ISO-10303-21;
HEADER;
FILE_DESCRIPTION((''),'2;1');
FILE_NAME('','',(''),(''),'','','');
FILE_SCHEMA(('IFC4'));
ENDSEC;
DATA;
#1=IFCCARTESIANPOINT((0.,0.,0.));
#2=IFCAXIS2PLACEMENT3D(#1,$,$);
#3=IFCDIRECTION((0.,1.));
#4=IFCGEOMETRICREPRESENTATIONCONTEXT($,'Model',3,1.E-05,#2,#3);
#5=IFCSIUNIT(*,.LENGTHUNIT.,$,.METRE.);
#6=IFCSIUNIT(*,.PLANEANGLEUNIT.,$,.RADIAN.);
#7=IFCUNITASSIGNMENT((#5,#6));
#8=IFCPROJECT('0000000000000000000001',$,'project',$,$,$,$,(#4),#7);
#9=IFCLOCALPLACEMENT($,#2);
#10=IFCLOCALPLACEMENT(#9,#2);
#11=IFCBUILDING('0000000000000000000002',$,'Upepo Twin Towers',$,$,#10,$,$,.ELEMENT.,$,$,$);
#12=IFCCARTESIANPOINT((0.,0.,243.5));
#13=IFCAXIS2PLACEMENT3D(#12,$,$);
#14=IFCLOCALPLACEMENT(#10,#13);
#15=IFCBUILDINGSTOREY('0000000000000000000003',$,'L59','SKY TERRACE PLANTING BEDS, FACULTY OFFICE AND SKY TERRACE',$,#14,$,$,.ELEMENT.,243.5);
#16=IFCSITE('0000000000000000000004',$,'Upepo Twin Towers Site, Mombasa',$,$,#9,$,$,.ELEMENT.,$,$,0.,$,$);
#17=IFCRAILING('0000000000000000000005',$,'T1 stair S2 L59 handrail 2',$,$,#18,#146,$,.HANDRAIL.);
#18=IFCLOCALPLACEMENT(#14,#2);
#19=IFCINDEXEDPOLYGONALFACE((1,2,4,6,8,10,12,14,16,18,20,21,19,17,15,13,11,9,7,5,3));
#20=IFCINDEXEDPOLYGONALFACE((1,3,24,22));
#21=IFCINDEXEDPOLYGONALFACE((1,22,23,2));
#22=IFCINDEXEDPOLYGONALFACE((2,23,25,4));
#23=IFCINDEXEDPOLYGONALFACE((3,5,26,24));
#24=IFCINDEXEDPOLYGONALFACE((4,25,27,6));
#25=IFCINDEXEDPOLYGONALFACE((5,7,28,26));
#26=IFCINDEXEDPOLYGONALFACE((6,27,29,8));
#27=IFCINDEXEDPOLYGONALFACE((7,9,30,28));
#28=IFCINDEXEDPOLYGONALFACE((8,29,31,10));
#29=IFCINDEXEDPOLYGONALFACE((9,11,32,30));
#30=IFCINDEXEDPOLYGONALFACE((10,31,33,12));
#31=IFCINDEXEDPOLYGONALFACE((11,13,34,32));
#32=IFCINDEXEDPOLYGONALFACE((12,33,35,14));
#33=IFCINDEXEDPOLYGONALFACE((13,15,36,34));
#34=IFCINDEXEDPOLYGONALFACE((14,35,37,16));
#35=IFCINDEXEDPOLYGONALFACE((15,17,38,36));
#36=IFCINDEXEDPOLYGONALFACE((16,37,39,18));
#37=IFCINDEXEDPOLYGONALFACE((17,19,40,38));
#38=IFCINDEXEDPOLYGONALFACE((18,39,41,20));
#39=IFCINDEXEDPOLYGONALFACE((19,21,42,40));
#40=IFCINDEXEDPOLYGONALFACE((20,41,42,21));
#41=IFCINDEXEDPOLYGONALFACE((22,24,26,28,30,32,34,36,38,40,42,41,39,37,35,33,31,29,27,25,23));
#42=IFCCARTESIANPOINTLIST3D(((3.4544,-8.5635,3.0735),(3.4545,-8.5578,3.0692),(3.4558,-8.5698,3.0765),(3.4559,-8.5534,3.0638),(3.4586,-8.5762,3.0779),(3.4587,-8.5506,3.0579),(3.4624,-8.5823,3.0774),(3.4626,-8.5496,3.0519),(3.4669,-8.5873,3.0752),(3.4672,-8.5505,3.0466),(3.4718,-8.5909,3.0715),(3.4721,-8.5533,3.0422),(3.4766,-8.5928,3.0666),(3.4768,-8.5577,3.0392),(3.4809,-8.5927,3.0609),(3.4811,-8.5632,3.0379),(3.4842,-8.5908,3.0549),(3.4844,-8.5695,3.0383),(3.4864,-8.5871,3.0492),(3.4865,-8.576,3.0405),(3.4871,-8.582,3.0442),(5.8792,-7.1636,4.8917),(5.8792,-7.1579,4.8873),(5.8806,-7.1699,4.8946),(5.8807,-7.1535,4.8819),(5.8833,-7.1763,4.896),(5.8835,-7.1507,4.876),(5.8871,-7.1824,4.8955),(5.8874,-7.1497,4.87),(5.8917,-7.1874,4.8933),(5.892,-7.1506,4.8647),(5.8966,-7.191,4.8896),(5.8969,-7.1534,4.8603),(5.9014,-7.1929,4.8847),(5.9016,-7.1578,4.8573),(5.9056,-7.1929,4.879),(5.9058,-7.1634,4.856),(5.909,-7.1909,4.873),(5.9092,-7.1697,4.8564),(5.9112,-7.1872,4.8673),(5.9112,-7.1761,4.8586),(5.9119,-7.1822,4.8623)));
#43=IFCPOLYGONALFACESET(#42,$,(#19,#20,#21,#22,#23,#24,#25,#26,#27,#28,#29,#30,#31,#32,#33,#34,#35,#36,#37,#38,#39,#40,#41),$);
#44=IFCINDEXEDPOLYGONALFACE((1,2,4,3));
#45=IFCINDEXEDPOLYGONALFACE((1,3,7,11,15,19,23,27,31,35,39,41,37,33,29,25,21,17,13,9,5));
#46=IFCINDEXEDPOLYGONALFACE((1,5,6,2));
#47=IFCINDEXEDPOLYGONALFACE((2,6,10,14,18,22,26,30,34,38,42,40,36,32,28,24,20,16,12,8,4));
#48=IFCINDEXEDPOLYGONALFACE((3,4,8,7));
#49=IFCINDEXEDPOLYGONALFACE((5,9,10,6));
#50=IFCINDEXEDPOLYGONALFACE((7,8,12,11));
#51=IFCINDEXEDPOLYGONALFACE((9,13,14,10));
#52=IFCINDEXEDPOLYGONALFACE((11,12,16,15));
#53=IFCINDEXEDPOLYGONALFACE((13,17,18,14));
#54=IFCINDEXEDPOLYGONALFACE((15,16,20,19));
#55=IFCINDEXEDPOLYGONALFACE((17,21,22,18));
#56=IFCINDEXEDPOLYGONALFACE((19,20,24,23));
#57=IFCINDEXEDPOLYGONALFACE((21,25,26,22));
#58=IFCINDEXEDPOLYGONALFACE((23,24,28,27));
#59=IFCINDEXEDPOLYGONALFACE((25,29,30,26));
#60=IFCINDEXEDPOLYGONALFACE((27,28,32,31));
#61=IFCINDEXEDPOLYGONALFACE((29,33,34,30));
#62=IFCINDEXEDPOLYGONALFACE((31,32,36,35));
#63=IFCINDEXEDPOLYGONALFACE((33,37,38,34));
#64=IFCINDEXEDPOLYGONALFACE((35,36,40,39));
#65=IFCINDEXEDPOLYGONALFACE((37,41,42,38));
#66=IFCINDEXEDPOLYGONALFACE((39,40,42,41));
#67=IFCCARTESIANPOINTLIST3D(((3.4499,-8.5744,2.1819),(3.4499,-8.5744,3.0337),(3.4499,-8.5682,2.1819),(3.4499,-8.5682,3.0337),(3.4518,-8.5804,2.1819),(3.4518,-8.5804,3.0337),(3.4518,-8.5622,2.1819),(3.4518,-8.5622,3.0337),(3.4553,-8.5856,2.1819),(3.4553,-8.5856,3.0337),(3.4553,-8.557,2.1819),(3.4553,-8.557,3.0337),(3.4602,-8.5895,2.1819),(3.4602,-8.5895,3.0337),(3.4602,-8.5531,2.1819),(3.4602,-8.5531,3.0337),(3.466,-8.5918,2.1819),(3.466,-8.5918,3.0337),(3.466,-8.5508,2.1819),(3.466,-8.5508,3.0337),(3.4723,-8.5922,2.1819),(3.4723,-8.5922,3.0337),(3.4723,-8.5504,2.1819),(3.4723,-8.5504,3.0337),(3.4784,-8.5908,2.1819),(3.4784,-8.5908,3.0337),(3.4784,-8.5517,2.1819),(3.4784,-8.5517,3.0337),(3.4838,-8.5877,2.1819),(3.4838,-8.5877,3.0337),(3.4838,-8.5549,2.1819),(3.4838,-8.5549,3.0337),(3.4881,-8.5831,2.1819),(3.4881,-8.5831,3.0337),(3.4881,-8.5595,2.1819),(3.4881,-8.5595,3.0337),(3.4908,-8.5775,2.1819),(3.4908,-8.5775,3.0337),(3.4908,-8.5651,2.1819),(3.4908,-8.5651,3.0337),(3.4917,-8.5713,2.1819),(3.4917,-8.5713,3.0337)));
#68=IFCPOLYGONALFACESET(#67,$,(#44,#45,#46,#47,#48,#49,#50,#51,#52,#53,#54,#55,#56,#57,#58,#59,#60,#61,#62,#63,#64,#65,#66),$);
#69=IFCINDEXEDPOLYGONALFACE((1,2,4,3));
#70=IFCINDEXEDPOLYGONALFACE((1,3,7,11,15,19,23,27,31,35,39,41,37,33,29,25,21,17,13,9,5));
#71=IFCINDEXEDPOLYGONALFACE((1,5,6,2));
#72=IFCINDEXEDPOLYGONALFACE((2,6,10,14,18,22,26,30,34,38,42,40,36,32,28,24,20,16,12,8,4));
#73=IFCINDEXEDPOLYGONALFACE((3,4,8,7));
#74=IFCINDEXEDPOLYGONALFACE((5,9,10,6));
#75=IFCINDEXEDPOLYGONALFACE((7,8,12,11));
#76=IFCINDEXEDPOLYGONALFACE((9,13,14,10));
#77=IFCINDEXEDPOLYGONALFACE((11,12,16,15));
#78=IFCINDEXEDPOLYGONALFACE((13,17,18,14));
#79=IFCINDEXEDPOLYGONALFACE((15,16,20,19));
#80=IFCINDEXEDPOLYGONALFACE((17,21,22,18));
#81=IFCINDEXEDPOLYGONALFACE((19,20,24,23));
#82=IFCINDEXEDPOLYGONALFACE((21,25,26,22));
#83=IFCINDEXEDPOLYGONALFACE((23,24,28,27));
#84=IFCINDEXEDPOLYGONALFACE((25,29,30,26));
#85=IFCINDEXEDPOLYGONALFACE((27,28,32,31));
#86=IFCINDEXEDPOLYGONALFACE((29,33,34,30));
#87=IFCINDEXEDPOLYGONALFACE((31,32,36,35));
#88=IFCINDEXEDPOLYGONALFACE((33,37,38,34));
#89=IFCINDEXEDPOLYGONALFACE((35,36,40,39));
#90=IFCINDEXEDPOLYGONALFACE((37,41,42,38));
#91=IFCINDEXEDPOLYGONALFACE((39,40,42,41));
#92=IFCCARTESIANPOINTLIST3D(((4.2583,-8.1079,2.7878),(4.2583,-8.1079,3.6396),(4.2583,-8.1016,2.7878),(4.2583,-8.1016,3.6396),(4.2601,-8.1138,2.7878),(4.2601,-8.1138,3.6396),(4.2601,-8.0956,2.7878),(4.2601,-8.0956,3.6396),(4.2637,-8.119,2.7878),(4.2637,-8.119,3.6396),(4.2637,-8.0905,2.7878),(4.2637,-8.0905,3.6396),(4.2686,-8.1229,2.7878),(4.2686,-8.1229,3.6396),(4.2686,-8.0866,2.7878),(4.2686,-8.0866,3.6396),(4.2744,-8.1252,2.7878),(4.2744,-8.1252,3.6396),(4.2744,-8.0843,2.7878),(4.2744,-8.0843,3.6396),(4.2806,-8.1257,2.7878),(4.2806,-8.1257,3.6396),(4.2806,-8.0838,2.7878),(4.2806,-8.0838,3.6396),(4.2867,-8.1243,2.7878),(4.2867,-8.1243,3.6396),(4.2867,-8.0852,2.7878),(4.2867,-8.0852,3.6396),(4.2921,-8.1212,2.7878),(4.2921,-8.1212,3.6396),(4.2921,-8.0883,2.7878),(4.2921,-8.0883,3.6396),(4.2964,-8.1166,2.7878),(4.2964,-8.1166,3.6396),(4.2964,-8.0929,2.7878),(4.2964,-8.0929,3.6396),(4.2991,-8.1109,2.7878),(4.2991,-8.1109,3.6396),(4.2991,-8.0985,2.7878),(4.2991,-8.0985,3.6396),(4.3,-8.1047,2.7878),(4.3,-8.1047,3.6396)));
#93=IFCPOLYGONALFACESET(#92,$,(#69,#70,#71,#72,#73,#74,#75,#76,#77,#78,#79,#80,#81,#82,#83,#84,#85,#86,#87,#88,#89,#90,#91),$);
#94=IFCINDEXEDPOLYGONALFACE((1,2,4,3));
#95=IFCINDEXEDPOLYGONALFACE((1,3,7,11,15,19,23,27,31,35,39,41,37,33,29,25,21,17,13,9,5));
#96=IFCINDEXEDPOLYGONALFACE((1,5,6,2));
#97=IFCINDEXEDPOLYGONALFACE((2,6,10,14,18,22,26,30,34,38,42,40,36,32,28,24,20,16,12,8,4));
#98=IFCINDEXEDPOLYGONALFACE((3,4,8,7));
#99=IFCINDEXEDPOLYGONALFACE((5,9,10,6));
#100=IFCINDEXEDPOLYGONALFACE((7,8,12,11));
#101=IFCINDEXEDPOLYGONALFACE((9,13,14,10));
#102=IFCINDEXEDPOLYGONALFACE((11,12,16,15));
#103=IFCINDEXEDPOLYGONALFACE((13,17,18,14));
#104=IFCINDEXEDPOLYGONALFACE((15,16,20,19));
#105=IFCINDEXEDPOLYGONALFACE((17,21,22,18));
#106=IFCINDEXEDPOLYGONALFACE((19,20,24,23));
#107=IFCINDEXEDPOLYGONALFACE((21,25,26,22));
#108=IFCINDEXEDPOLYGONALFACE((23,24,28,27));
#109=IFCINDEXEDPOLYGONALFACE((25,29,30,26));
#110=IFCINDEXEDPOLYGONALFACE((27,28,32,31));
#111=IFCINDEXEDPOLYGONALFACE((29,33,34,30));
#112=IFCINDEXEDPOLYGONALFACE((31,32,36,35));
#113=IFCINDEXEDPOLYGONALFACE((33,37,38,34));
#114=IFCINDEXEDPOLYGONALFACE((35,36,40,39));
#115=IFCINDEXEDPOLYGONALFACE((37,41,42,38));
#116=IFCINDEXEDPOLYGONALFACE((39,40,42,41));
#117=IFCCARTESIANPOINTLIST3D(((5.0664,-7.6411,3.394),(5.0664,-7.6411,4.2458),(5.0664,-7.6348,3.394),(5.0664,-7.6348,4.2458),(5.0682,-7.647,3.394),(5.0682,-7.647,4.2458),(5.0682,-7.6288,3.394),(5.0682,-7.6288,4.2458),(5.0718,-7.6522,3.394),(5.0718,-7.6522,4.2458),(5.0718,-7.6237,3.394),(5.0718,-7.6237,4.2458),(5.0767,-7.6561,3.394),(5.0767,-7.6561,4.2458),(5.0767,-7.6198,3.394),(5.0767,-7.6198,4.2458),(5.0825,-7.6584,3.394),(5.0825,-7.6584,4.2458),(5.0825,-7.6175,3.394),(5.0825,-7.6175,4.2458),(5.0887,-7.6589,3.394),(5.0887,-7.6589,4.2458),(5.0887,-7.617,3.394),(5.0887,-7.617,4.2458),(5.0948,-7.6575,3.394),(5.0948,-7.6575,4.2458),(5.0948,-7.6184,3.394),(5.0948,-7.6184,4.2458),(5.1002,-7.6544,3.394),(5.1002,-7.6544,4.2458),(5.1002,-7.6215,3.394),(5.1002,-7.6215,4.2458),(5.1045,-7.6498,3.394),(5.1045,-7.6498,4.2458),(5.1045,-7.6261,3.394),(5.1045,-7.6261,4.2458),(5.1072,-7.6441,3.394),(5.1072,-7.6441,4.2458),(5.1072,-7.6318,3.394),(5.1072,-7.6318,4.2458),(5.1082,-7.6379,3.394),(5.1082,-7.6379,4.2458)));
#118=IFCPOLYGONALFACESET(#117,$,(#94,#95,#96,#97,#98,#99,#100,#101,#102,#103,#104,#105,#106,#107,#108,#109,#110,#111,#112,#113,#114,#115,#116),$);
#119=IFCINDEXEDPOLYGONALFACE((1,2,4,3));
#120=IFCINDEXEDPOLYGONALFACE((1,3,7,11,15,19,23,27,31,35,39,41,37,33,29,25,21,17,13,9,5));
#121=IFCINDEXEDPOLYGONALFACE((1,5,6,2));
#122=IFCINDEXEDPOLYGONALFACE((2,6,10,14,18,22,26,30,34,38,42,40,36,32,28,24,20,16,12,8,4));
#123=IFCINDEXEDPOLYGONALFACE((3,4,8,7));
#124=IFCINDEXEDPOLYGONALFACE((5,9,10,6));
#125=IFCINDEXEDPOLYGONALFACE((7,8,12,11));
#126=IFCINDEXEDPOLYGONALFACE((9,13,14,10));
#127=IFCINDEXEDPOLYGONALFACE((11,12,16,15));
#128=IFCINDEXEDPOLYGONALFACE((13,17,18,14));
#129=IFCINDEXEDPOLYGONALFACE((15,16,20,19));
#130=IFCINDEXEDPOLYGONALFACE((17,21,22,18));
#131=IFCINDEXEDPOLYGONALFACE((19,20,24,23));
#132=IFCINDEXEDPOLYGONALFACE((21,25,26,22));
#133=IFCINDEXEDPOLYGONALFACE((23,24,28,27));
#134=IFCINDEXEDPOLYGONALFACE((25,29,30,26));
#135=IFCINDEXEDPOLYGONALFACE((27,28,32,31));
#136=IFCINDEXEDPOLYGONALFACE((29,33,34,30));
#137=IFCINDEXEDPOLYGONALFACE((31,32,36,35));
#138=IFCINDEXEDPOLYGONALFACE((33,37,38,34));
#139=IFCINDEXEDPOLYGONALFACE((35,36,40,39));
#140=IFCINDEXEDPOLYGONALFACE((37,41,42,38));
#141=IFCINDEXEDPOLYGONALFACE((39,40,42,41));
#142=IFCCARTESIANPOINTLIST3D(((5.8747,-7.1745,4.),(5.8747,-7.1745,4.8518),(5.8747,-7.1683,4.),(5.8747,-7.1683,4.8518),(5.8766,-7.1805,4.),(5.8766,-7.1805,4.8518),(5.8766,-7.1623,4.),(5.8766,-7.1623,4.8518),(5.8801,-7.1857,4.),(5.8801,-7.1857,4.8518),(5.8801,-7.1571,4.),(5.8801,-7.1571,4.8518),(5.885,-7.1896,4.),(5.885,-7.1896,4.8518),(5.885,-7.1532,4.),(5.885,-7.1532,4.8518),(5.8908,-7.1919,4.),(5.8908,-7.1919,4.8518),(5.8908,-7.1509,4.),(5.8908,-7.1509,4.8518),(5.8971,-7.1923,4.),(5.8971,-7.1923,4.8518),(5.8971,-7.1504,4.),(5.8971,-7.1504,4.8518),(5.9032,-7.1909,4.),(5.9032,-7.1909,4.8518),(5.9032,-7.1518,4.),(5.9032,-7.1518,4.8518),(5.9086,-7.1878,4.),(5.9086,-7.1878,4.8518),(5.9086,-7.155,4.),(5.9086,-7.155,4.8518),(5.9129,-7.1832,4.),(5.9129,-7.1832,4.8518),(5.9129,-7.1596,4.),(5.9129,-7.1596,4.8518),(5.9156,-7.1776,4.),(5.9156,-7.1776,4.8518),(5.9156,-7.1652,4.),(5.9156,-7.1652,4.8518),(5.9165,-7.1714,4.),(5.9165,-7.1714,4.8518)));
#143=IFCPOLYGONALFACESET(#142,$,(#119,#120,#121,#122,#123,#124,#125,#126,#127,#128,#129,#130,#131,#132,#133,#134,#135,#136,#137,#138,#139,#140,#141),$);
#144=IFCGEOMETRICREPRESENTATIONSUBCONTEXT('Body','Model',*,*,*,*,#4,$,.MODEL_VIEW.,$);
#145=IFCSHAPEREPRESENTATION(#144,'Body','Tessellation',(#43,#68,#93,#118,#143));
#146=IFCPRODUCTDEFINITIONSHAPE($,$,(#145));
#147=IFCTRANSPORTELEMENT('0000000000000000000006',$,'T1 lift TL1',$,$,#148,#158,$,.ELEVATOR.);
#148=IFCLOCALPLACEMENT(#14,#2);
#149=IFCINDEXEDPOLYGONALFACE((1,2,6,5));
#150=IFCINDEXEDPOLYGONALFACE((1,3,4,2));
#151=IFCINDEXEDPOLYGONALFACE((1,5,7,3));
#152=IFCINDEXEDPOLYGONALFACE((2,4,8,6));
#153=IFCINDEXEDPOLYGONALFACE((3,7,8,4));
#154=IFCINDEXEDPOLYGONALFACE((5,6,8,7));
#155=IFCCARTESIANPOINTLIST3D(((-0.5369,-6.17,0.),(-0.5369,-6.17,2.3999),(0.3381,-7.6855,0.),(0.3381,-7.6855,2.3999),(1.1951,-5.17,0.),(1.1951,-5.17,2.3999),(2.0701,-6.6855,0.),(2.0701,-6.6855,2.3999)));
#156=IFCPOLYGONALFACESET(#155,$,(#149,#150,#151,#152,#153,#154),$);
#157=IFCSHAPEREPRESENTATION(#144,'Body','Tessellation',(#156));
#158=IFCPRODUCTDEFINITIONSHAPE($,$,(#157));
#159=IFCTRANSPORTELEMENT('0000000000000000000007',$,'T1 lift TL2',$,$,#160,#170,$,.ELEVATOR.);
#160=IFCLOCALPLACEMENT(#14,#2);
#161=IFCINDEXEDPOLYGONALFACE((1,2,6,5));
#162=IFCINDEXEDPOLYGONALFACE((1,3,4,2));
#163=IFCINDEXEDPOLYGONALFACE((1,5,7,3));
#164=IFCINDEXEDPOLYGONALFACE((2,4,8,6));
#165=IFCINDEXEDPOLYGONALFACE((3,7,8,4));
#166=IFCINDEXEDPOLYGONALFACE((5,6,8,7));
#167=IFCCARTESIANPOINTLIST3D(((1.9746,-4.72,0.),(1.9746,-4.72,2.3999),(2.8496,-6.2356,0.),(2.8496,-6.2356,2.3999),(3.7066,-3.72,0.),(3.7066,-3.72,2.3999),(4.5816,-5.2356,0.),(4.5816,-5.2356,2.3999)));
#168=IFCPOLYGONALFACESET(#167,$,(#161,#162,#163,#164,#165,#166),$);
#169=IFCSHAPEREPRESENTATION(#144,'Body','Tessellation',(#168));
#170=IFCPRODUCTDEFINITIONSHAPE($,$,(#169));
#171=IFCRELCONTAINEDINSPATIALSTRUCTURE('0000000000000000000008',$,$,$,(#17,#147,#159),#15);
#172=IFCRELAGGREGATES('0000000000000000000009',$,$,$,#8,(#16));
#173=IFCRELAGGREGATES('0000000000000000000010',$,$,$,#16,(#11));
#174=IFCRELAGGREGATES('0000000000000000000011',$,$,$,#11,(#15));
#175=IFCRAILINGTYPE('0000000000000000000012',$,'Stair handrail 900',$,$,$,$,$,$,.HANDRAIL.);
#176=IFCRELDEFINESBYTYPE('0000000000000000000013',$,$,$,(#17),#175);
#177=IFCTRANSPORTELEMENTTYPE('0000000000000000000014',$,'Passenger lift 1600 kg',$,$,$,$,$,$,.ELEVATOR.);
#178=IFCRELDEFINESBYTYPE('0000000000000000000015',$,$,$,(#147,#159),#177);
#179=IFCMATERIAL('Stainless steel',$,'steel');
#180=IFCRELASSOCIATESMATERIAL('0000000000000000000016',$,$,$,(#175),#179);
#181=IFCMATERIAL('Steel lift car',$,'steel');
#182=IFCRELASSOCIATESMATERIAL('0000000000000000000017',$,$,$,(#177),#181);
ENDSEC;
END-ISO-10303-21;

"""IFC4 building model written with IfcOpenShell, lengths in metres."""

from ifc_helpers import new_model, si_unit, direction, frame, origin, origin_2d, place, context, subcontext, project, spatial, rectangle, circle, extrude, material, type_object, element, save


model = new_model("IFC4")

# Units and contexts
model_context = context("Model", 3, precision=1e-05, world=origin(), true_north=direction((0.0, 1.0)))
body_context = subcontext(model_context, "Body", "Model", "MODEL_VIEW")
ifc_project = project(units=[si_unit("LENGTHUNIT", "METRE"), si_unit("PLANEANGLEUNIT", "RADIAN")], contexts=[model_context])

# Site, building, storey
site_placement = place(None, origin())
site = spatial("IfcSite", under=ifc_project, at=site_placement, Name="Upepo Twin Towers Site, Mombasa", CompositionType="ELEMENT", RefElevation=0.0)
building_placement = place(site_placement, origin())
building = spatial("IfcBuilding", under=site, at=building_placement, Name="Upepo Twin Towers", CompositionType="ELEMENT")
storey_placement = place(building_placement, frame((0.0, 0.0, 243.5)))
storey = spatial("IfcBuildingStorey", under=building, at=storey_placement, Name="L59", Description="SKY TERRACE PLANTING BEDS, FACULTY OFFICE AND SKY TERRACE", CompositionType="ELEMENT", Elevation=243.5)

# Railing
ifc_material_1 = material(Name="Stainless steel", Category="steel")
railing_type = type_object("IfcRailingType", Name="Stair handrail 900", PredefinedType="HANDRAIL", material=ifc_material_1)
railing_1_placement = place(storey_placement, frame((3.4707, -8.5713, 2.1819)))
element("IfcRailing", 1, at=railing_1_placement, inside=storey, type_object=railing_type, Name="T1 stair S2 L59 handrail 2", PredefinedType="HANDRAIL", context=body_context, shape_type="SweptSolid", body=[
    extrude(circle(Radius=0.0239, at=origin_2d()), frame((0.0, 0.0, 0.876), z_axis=(0.726336, 0.419333, 0.544606), x_axis=(-0.499984, 0.866035, 0.0)), (0.0, 0.0, 1.0), 3.3384),
    extrude(circle(Radius=0.021, at=origin_2d()), origin(), (0.0, 0.0, 1.0), 0.8518),
    extrude(circle(Radius=0.021, at=origin_2d()), frame((0.8083, 0.4666, 0.606)), (0.0, 0.0, 1.0), 0.8518),
    extrude(circle(Radius=0.021, at=origin_2d()), frame((1.6165, 0.9333, 1.2122)), (0.0, 0.0, 1.0), 0.8518),
    extrude(circle(Radius=0.021, at=origin_2d()), frame((2.4248, 1.3999, 1.8181)), (0.0, 0.0, 1.0), 0.8518),
])

# Transport elements
ifc_material_2 = material(Name="Steel lift car", Category="steel")
transport_element_type = type_object("IfcTransportElementType", Name="Passenger lift 1600 kg", PredefinedType="ELEVATOR", material=ifc_material_2)
for number, where, z_axis, x_axis, name in (
    (2, (0.7666, -6.4277, 0.0), (0.0, 0.0, 1.0), (0.866025, 0.5, 0.0), "T1 lift TL1"),
    (3, (3.2781, -4.9778, 0.0), (0.0, 0.0, 1.0), (0.866025, 0.5, 0.0), "T1 lift TL2"),
):
    element("IfcTransportElement", number, at=place(storey_placement, frame(where, z_axis=z_axis, x_axis=x_axis)), inside=storey, type_object=transport_element_type, Name=name, PredefinedType="ELEVATOR", context=body_context, shape_type="SweptSolid", body=[
        extrude(rectangle(XDim=2.0, YDim=1.75, at=origin_2d()), origin(), (0.0, 0.0, 1.0), 2.3999),
    ])

save(model, "model.ifc")
